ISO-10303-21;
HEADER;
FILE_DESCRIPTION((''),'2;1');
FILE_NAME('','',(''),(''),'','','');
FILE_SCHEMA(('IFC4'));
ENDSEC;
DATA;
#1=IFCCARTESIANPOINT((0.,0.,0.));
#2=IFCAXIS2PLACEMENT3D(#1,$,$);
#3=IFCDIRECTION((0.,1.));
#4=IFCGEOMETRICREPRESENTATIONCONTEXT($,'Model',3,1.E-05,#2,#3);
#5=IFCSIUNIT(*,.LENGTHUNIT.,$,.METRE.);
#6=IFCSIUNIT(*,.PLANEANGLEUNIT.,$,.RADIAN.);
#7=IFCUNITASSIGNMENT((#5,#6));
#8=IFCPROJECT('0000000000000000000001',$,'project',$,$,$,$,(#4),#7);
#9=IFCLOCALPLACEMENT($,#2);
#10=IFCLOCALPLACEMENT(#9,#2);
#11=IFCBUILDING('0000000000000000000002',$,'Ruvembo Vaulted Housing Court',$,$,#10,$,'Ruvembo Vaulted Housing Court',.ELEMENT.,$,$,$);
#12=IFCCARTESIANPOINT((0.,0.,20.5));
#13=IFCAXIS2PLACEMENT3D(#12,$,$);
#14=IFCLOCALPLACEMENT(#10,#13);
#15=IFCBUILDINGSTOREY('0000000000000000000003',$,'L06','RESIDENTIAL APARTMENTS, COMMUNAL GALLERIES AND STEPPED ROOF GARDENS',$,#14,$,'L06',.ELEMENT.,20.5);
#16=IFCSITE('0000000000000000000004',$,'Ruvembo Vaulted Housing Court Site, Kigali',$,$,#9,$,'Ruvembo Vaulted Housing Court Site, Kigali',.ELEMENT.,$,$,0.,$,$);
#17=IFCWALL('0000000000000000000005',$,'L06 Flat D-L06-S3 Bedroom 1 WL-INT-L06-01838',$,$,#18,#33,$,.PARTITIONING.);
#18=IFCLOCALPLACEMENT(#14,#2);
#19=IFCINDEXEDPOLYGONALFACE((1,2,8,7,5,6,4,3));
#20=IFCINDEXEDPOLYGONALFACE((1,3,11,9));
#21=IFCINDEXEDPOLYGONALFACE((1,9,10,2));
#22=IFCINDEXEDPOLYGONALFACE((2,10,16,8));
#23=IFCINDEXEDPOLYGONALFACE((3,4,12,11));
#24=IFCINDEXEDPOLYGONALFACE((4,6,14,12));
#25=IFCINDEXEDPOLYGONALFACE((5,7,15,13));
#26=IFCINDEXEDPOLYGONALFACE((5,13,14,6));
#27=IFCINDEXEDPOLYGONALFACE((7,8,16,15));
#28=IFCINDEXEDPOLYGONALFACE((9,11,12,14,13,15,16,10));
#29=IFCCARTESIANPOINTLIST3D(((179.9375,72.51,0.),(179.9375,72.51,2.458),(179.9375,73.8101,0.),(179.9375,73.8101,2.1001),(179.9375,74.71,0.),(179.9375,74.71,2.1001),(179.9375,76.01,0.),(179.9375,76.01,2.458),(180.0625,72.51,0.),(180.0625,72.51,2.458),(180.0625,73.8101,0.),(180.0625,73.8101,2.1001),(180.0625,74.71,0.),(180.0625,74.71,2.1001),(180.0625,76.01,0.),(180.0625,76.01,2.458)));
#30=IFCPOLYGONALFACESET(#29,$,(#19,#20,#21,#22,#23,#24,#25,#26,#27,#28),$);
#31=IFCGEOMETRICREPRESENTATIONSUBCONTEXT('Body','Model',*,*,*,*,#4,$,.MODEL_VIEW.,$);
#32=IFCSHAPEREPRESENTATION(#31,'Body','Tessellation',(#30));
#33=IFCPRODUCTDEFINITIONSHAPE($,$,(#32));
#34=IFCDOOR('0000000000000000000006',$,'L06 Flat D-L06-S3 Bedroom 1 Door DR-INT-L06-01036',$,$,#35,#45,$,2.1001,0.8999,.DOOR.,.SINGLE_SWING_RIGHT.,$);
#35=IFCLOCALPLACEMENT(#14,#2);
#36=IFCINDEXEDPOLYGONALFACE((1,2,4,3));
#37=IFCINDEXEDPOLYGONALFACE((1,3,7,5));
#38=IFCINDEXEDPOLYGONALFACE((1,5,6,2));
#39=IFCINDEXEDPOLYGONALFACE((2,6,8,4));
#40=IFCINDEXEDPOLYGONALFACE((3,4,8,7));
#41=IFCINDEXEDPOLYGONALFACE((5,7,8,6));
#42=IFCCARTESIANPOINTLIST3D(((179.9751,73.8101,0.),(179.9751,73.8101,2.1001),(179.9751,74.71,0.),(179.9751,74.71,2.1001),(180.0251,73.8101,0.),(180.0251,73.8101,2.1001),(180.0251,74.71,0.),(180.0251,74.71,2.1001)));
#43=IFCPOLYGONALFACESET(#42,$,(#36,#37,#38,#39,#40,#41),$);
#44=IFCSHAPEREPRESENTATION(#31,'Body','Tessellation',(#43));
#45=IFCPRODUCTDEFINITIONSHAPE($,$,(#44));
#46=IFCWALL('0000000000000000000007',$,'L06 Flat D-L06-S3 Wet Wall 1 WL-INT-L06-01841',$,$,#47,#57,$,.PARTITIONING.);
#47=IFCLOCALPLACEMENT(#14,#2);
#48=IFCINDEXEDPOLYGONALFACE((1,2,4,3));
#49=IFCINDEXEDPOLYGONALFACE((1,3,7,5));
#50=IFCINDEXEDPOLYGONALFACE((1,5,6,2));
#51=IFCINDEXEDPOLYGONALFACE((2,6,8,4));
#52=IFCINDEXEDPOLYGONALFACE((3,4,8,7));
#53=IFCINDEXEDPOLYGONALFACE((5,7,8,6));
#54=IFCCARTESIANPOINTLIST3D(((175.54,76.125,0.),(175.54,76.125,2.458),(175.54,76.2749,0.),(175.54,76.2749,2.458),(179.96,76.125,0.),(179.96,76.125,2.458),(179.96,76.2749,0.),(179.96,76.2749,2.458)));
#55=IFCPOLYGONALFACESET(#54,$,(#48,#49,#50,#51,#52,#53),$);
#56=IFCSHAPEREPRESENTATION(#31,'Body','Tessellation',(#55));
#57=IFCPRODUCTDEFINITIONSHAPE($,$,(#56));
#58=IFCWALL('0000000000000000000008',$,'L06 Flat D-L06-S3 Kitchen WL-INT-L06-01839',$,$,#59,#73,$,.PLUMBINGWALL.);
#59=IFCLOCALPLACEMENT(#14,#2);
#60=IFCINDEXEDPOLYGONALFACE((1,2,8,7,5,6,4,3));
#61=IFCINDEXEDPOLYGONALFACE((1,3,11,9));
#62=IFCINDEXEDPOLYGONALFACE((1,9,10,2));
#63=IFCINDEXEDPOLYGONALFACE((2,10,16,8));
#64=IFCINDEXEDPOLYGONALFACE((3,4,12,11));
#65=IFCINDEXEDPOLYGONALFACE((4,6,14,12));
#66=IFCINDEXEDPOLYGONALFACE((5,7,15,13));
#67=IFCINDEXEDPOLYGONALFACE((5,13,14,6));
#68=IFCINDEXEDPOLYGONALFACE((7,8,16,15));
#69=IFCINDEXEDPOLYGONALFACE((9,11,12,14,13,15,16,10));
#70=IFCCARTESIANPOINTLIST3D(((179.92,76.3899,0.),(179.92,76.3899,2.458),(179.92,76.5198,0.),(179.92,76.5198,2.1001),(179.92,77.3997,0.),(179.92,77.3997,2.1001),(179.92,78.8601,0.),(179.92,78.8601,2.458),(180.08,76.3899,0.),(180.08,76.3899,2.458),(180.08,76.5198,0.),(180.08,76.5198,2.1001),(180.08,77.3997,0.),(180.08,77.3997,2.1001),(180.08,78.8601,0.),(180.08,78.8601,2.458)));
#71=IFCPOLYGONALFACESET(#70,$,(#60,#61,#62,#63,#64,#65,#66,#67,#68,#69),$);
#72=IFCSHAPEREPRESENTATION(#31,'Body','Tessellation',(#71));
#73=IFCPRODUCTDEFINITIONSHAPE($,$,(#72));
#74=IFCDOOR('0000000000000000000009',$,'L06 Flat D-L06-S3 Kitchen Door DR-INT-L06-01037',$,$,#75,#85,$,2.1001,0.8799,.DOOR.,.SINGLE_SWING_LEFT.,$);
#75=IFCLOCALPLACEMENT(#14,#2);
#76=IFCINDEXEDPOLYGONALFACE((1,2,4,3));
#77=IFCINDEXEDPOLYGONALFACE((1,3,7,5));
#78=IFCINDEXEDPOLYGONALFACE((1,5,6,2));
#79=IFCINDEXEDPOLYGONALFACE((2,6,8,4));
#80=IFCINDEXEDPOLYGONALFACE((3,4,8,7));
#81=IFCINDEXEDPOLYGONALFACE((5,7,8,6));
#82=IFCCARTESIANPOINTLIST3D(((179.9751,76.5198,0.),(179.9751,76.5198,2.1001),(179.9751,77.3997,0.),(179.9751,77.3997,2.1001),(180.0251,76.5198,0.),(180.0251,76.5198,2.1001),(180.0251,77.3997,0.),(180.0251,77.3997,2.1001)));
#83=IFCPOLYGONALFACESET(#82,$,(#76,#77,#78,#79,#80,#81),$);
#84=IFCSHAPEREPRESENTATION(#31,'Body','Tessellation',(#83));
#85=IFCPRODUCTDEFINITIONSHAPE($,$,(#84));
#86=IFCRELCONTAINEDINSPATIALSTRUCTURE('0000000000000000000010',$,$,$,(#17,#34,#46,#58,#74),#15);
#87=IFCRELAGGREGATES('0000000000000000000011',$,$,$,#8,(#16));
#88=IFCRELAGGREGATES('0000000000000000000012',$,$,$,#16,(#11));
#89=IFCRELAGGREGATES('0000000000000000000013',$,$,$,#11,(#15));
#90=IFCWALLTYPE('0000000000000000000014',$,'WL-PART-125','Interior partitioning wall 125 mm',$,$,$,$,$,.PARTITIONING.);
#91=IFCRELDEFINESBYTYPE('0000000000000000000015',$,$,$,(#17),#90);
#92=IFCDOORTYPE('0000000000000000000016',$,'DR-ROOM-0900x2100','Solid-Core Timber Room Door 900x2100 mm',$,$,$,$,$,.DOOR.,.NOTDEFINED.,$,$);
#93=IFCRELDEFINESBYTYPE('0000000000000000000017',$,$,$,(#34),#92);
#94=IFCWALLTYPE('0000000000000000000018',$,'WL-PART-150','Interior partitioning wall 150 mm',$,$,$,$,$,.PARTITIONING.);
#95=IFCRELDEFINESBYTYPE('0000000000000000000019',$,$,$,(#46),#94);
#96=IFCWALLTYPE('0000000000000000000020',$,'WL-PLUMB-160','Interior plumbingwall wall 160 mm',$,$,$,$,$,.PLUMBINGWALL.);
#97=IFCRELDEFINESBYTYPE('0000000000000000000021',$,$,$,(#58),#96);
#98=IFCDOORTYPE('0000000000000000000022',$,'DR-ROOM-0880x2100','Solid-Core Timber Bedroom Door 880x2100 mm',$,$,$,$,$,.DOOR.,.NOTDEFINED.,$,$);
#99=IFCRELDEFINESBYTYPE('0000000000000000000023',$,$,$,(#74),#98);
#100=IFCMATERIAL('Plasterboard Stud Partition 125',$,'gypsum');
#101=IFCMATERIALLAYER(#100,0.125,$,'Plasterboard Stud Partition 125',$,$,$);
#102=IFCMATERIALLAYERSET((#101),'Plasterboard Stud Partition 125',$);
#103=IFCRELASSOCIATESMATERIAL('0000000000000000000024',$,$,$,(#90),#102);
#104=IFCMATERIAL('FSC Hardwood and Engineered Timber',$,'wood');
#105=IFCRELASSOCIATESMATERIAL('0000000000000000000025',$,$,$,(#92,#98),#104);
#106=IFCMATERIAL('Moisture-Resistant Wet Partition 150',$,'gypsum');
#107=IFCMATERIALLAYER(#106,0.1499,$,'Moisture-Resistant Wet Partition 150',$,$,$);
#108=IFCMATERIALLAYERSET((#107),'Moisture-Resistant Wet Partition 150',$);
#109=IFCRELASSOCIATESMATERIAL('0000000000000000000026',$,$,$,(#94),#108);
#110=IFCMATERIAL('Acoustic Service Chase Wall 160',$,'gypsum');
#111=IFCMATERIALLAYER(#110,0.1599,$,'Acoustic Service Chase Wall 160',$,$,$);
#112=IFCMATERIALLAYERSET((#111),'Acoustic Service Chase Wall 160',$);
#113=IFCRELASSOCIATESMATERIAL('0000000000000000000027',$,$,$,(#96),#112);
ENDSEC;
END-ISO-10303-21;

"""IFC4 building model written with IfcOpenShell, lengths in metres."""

from ifc_helpers import new_model, si_unit, direction, frame, frame_2d, origin, place, context, subcontext, project, spatial, rectangle, extrude, material, layer, layer_set, type_object, element, fill, save


model = new_model("IFC4")

# Units and contexts
model_context = context("Model", 3, precision=1e-05, world=origin(), true_north=direction((0.0, 1.0)))
body_context = subcontext(model_context, "Body", "Model", "MODEL_VIEW")
ifc_project = project(units=[si_unit("LENGTHUNIT", "METRE"), si_unit("PLANEANGLEUNIT", "RADIAN")], contexts=[model_context])

# Site, building, storey
site_placement = place(None, origin())
site = spatial("IfcSite", under=ifc_project, at=site_placement, Name="Ruvembo Vaulted Housing Court Site, Kigali", LongName="Ruvembo Vaulted Housing Court Site, Kigali", CompositionType="ELEMENT", RefElevation=0.0)
building_placement = place(site_placement, origin())
building = spatial("IfcBuilding", under=site, at=building_placement, Name="Ruvembo Vaulted Housing Court", LongName="Ruvembo Vaulted Housing Court", CompositionType="ELEMENT")
storey_placement = place(building_placement, frame((0.0, 0.0, 20.5)))
storey = spatial("IfcBuildingStorey", under=building, at=storey_placement, Name="L06", Description="RESIDENTIAL APARTMENTS, COMMUNAL GALLERIES AND STEPPED ROOF GARDENS", LongName="L06", CompositionType="ELEMENT", Elevation=20.5)

# Wall, opening, door
ifc_material_1 = material(Name="Plasterboard Stud Partition 125", Category="gypsum")
ifc_layer_1 = layer(ifc_material_1, 0.125, Name="Plasterboard Stud Partition 125")
ifc_layer_set_1 = layer_set([ifc_layer_1], Name="Plasterboard Stud Partition 125")
wall_type_1 = type_object("IfcWallType", Name="WL-PART-125", Description="Interior partitioning wall 125 mm", PredefinedType="PARTITIONING", material=ifc_layer_set_1)
wall_1_placement = place(storey_placement, frame((180.0, 72.51, 0.0), z_axis=(0.0, 0.0, 1.0), x_axis=(0.0, 1.0, 0.0)))
wall_1 = element("IfcWall", 1, at=wall_1_placement, inside=storey, type_object=wall_type_1, Name="L06 Flat D-L06-S3 Bedroom 1 WL-INT-L06-01838", PredefinedType="PARTITIONING", context=body_context, shape_type="SweptSolid", body=[
    extrude(rectangle(XDim=3.5, YDim=0.125, at=frame_2d((1.75, 0.0))), origin(), (0.0, 0.0, 1.0), 2.458),
])
opening_1_placement = place(wall_1_placement, frame((1.3, 0.0, 0.0)))
opening_1 = element("IfcOpeningElement", 2, at=opening_1_placement, cuts=wall_1, PredefinedType="OPENING", context=body_context, shape_type="SweptSolid", body=[
    extrude(rectangle(XDim=0.8999, YDim=2.1001, at=frame_2d((0.45, 1.05))), frame((0.0, 0.0725, 0.0), z_axis=(0.0, -1.0, 0.0), x_axis=(1.0, 0.0, 0.0)), (0.0, 0.0, 1.0), 0.145),
])
ifc_material_2 = material(Name="FSC Hardwood and Engineered Timber", Category="wood")
door_type_1 = type_object("IfcDoorType", Name="DR-ROOM-0900x2100", Description="Solid-Core Timber Room Door 900x2100 mm", OperationType="NOTDEFINED", PredefinedType="DOOR", material=ifc_material_2)
door_1_placement = place(opening_1_placement, origin())
door_1 = element("IfcDoor", 3, at=door_1_placement, inside=storey, type_object=door_type_1, Name="L06 Flat D-L06-S3 Bedroom 1 Door DR-INT-L06-01036", OperationType="SINGLE_SWING_RIGHT", OverallHeight=2.1001, OverallWidth=0.8999, PredefinedType="DOOR", context=body_context, shape_type="SweptSolid", body=[
    extrude(rectangle(XDim=0.8999, YDim=2.1001, at=frame_2d((0.45, 1.05))), frame((0.0, 0.0249, 0.0), z_axis=(0.0, -1.0, 0.0), x_axis=(1.0, 0.0, 0.0)), (0.0, 0.0, 1.0), 0.05),
])
fill(opening_1, door_1)

# Wall
ifc_material_3 = material(Name="Moisture-Resistant Wet Partition 150", Category="gypsum")
ifc_layer_2 = layer(ifc_material_3, 0.1499, Name="Moisture-Resistant Wet Partition 150")
ifc_layer_set_2 = layer_set([ifc_layer_2], Name="Moisture-Resistant Wet Partition 150")
wall_type_2 = type_object("IfcWallType", Name="WL-PART-150", Description="Interior partitioning wall 150 mm", PredefinedType="PARTITIONING", material=ifc_layer_set_2)
wall_2_placement = place(storey_placement, frame((175.54, 76.2, 0.0), z_axis=(0.0, 0.0, 1.0), x_axis=(1.0, 0.0, 0.0)))
element("IfcWall", 4, at=wall_2_placement, inside=storey, type_object=wall_type_2, Name="L06 Flat D-L06-S3 Wet Wall 1 WL-INT-L06-01841", PredefinedType="PARTITIONING", context=body_context, shape_type="SweptSolid", body=[
    extrude(rectangle(XDim=4.4199, YDim=0.1499, at=frame_2d((2.21, 0.0))), origin(), (0.0, 0.0, 1.0), 2.458),
])

# Wall, opening, door
ifc_material_4 = material(Name="Acoustic Service Chase Wall 160", Category="gypsum")
ifc_layer_3 = layer(ifc_material_4, 0.1599, Name="Acoustic Service Chase Wall 160")
ifc_layer_set_3 = layer_set([ifc_layer_3], Name="Acoustic Service Chase Wall 160")
wall_type_3 = type_object("IfcWallType", Name="WL-PLUMB-160", Description="Interior plumbingwall wall 160 mm", PredefinedType="PLUMBINGWALL", material=ifc_layer_set_3)
wall_3_placement = place(storey_placement, frame((180.0, 76.3899, 0.0), z_axis=(0.0, 0.0, 1.0), x_axis=(0.0, 1.0, 0.0)))
wall_3 = element("IfcWall", 5, at=wall_3_placement, inside=storey, type_object=wall_type_3, Name="L06 Flat D-L06-S3 Kitchen WL-INT-L06-01839", PredefinedType="PLUMBINGWALL", context=body_context, shape_type="SweptSolid", body=[
    extrude(rectangle(XDim=2.4702, YDim=0.1599, at=frame_2d((1.2351, 0.0))), origin(), (0.0, 0.0, 1.0), 2.458),
])
opening_2_placement = place(wall_3_placement, frame((0.1299, 0.0, 0.0)))
opening_2 = element("IfcOpeningElement", 6, at=opening_2_placement, cuts=wall_3, PredefinedType="OPENING", context=body_context, shape_type="SweptSolid", body=[
    extrude(rectangle(XDim=0.8799, YDim=2.1001, at=frame_2d((0.4399, 1.05))), frame((0.0, 0.0898, 0.0), z_axis=(0.0, -1.0, 0.0), x_axis=(1.0, 0.0, 0.0)), (0.0, 0.0, 1.0), 0.1799),
])
door_type_2 = type_object("IfcDoorType", Name="DR-ROOM-0880x2100", Description="Solid-Core Timber Bedroom Door 880x2100 mm", OperationType="NOTDEFINED", PredefinedType="DOOR", material=ifc_material_2)
door_2_placement = place(opening_2_placement, origin())
door_2 = element("IfcDoor", 7, at=door_2_placement, inside=storey, type_object=door_type_2, Name="L06 Flat D-L06-S3 Kitchen Door DR-INT-L06-01037", OperationType="SINGLE_SWING_LEFT", OverallHeight=2.1001, OverallWidth=0.8799, PredefinedType="DOOR", context=body_context, shape_type="SweptSolid", body=[
    extrude(rectangle(XDim=0.8799, YDim=2.1001, at=frame_2d((0.4399, 1.05))), frame((0.0, 0.0249, 0.0), z_axis=(0.0, -1.0, 0.0), x_axis=(1.0, 0.0, 0.0)), (0.0, 0.0, 1.0), 0.05),
])
fill(opening_2, door_2)

save(model, "model.ifc")
